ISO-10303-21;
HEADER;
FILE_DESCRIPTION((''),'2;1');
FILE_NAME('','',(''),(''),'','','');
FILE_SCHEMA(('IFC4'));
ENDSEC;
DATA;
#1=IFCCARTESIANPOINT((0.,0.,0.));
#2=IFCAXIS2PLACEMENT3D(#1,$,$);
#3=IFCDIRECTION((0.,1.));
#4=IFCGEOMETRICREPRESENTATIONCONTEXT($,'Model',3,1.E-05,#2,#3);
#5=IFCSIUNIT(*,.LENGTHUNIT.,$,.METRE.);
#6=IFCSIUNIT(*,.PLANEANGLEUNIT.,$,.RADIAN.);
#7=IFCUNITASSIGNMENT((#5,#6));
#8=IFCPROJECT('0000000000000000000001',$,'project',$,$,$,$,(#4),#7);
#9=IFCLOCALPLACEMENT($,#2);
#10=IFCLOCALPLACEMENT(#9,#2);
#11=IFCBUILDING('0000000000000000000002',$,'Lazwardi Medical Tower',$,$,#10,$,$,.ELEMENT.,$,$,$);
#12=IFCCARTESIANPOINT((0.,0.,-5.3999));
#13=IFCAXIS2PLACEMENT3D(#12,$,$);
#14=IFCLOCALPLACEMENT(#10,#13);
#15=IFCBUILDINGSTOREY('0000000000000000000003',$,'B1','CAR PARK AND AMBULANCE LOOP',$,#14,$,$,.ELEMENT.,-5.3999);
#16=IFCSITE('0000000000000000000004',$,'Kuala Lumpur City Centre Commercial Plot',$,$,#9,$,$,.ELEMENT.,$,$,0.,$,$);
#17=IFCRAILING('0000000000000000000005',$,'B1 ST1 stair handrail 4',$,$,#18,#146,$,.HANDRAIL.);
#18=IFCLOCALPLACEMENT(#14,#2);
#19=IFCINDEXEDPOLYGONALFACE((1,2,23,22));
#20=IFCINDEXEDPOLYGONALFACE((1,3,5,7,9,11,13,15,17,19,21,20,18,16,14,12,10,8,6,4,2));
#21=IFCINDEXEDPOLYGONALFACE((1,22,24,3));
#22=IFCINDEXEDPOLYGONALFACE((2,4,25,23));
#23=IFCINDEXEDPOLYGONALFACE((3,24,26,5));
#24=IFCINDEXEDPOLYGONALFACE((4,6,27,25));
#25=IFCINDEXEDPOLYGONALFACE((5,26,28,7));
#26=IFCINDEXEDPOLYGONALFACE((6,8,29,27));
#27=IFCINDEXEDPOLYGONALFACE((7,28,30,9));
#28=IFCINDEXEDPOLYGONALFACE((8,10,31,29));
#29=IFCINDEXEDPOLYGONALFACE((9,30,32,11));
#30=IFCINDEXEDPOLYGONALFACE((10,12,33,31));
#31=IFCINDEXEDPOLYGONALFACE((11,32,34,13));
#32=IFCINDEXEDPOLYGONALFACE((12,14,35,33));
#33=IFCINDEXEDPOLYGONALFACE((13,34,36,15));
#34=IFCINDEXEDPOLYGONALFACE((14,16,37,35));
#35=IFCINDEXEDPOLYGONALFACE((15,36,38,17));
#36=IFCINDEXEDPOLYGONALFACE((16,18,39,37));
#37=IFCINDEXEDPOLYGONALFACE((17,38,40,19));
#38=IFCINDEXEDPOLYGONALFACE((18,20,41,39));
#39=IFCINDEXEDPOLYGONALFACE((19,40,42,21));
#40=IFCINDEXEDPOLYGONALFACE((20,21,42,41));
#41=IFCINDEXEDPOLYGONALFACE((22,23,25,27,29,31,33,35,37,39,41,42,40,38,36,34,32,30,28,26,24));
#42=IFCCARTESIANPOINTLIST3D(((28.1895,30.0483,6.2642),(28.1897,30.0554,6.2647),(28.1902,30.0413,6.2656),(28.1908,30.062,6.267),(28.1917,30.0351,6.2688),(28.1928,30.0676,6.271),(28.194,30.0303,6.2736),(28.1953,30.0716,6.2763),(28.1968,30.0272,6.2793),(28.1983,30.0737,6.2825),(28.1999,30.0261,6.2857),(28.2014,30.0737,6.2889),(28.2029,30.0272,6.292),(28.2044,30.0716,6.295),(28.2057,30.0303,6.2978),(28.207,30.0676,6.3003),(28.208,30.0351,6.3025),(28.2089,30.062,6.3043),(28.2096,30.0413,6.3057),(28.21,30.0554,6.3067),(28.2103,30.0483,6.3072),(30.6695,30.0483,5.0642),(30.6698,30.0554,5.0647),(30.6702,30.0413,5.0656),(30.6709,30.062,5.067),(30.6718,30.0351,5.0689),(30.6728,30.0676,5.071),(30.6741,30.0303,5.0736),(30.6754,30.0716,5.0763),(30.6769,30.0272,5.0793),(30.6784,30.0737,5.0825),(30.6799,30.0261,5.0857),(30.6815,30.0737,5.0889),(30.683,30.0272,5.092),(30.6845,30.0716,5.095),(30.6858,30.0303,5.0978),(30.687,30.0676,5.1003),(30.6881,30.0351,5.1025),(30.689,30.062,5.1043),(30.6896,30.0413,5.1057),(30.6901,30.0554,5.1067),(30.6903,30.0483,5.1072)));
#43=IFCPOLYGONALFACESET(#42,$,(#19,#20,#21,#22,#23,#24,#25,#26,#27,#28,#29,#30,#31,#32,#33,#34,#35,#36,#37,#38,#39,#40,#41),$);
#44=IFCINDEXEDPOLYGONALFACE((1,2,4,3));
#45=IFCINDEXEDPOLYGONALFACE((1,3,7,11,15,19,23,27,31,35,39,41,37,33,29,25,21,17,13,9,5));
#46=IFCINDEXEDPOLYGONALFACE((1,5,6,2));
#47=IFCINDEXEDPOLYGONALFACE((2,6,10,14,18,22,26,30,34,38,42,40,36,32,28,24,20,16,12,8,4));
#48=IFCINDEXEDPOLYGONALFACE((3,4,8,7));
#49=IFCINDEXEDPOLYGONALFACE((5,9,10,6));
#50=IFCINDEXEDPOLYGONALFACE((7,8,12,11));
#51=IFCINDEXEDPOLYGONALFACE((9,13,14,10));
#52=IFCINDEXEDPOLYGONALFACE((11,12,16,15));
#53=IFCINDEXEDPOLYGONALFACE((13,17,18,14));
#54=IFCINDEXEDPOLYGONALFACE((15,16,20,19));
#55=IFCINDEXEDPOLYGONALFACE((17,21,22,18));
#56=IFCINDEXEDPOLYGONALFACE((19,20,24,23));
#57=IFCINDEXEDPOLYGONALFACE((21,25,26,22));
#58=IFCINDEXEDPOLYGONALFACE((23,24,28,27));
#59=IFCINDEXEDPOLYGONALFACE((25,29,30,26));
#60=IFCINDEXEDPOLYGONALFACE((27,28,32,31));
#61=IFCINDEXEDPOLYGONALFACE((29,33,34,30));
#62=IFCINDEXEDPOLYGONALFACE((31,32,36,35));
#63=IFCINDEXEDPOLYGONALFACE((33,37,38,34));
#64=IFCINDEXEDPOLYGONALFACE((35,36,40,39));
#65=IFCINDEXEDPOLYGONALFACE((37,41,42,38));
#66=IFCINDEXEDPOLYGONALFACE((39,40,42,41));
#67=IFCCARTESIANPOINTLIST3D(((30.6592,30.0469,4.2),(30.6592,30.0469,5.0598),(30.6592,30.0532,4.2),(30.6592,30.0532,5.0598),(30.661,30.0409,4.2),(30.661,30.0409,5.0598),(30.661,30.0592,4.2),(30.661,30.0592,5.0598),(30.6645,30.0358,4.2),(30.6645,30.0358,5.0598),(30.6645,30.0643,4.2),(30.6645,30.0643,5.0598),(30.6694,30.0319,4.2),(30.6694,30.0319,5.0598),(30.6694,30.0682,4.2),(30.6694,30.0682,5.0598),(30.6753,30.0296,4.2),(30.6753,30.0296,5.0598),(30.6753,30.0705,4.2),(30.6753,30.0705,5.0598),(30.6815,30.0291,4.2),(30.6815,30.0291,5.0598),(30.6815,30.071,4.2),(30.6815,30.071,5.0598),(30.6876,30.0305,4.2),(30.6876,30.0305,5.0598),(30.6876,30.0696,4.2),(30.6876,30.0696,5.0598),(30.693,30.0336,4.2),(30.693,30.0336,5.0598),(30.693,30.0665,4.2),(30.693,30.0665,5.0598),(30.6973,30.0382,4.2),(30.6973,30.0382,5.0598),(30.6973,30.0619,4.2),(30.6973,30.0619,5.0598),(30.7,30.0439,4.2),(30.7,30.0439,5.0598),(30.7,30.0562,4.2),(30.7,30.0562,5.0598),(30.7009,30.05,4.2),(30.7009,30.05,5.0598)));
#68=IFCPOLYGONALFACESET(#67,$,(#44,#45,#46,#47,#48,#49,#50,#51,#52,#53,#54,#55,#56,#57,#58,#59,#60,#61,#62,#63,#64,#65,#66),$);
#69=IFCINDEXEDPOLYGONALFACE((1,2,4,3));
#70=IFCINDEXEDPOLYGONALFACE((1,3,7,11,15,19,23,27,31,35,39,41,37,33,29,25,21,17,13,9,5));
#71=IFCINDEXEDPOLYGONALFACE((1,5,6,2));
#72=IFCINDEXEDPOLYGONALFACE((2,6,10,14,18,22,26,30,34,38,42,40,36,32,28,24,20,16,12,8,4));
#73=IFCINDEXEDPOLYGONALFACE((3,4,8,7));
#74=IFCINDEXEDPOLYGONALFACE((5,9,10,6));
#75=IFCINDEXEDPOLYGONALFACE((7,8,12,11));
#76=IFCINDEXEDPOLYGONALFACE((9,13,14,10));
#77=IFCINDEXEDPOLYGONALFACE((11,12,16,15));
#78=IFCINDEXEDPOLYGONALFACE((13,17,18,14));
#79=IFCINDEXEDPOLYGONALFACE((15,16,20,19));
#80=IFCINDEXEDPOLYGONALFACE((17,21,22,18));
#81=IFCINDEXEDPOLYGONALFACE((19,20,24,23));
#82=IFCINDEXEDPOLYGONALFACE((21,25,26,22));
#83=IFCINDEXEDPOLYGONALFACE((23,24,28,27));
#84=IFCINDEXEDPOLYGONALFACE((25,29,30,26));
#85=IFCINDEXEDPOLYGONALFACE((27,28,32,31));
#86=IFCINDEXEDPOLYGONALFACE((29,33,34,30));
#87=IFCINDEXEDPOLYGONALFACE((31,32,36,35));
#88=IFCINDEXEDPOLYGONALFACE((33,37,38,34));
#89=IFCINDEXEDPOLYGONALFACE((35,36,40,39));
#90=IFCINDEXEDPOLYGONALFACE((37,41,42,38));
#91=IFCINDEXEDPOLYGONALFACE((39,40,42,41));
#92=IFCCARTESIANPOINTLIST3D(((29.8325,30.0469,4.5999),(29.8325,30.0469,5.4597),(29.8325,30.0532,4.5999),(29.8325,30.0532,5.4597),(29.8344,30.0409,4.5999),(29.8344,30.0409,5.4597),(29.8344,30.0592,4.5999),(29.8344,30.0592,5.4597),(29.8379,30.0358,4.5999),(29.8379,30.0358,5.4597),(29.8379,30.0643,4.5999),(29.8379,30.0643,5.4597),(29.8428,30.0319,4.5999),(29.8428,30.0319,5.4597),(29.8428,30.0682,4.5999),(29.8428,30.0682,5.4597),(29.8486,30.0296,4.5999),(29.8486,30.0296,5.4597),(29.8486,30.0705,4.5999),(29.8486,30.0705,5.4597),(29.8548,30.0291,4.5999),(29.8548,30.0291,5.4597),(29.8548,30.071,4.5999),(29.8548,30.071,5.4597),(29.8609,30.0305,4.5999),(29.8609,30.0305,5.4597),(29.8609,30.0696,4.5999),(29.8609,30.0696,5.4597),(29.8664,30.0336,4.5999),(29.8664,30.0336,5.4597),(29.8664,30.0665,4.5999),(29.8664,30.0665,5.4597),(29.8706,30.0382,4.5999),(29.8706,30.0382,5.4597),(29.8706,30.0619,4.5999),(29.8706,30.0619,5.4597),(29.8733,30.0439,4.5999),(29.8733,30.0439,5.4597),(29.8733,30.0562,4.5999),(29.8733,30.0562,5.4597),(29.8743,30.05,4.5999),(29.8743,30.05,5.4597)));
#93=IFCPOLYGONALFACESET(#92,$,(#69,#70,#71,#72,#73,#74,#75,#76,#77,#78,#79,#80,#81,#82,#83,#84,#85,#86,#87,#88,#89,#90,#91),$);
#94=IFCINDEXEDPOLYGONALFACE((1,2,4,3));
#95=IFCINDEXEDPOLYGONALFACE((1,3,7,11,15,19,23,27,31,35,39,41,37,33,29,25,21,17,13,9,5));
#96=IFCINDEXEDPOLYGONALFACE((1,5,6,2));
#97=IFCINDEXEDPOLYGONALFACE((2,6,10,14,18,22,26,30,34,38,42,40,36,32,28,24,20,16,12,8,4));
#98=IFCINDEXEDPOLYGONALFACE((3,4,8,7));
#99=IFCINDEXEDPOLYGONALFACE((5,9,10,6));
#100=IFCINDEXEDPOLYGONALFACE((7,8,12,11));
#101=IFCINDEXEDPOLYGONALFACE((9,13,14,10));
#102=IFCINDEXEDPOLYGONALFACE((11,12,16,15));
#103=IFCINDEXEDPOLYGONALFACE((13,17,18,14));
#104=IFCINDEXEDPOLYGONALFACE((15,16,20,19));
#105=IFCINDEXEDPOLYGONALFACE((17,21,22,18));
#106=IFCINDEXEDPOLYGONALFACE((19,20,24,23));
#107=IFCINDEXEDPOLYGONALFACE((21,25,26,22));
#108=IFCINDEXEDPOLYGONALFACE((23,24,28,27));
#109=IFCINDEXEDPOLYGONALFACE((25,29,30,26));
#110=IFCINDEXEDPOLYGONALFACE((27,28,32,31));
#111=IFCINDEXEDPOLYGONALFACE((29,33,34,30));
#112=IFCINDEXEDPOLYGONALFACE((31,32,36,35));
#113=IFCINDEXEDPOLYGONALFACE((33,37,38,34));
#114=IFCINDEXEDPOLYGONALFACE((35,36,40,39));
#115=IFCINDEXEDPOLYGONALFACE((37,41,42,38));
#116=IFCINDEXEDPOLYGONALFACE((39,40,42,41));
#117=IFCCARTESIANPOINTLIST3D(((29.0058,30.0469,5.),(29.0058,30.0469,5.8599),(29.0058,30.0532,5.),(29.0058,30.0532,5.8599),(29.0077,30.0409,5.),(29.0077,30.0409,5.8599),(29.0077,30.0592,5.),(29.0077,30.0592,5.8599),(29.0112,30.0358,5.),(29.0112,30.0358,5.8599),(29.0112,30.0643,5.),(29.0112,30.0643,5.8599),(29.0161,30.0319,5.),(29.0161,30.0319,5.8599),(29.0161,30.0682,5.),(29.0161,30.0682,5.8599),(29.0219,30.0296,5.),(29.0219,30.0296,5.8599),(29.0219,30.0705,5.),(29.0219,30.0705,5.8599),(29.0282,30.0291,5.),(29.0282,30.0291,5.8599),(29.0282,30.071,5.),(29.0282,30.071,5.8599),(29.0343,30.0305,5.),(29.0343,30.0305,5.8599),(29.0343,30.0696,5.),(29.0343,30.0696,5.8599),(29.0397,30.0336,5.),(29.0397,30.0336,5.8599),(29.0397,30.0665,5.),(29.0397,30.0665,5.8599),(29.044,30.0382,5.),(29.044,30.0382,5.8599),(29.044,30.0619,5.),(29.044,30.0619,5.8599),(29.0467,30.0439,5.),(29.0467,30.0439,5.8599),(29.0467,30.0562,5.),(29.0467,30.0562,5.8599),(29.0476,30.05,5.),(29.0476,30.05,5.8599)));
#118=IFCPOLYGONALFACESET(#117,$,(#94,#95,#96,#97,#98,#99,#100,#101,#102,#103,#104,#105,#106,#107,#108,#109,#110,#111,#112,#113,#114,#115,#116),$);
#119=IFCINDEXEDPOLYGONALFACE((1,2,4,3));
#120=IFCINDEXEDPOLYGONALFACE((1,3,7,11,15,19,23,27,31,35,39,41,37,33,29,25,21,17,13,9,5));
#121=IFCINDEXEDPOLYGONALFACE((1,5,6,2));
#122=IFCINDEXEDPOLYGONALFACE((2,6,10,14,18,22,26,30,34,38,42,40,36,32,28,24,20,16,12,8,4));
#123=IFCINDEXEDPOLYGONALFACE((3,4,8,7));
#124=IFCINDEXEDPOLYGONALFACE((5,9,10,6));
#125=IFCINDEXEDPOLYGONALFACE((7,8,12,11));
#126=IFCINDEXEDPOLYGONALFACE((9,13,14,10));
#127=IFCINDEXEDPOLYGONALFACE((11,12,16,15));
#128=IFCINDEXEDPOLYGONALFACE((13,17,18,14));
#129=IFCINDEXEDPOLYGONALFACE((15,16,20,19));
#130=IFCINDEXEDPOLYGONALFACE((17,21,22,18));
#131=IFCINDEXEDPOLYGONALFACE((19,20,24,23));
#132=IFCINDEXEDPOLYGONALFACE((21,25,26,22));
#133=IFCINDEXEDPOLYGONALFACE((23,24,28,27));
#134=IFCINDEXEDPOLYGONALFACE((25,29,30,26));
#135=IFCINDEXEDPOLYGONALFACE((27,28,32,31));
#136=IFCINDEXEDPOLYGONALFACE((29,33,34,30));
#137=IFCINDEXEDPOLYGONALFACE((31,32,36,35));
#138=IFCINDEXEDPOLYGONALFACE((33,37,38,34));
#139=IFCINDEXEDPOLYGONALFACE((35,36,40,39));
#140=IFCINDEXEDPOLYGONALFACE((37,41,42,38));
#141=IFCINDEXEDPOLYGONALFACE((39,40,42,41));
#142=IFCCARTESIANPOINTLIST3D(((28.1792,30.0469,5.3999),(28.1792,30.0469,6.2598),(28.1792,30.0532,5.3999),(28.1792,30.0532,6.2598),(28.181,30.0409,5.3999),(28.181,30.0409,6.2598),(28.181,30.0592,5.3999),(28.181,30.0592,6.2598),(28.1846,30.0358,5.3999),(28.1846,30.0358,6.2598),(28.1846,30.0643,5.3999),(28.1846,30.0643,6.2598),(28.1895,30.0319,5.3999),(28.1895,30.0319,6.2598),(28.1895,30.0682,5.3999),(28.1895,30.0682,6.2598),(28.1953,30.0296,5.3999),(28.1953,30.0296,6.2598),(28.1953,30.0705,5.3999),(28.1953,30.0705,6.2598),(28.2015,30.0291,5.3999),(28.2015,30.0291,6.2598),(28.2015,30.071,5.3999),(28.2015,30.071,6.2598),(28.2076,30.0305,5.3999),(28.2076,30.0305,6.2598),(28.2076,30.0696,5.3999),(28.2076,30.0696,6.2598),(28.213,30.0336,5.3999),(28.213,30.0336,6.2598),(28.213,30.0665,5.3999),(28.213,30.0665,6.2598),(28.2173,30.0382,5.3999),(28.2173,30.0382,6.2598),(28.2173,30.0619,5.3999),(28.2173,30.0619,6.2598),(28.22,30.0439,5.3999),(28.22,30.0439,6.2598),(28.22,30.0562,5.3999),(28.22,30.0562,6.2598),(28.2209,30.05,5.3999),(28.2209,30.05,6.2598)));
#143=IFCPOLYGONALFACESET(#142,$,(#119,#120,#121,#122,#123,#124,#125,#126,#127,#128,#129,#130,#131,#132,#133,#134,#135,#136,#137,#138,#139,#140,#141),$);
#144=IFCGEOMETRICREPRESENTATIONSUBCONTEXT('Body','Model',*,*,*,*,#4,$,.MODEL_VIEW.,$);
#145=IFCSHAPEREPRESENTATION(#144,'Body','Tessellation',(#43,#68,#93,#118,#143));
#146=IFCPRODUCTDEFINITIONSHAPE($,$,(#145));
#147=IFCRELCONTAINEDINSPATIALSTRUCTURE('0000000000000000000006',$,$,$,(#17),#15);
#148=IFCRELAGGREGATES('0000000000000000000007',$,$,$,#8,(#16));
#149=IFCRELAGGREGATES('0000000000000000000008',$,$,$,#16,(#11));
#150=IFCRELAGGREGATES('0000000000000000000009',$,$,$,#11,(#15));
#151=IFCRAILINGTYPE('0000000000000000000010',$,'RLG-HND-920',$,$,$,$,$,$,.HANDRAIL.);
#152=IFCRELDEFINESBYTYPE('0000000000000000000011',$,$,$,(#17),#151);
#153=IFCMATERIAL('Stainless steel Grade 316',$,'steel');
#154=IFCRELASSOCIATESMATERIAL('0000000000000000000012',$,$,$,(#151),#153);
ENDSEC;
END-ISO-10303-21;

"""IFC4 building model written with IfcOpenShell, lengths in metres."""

from ifc_helpers import new_model, si_unit, direction, frame, origin, origin_2d, place, context, subcontext, project, spatial, circle, extrude, material, type_object, element, save


model = new_model("IFC4")

# Units and contexts
model_context = context("Model", 3, precision=1e-05, world=origin(), true_north=direction((0.0, 1.0)))
body_context = subcontext(model_context, "Body", "Model", "MODEL_VIEW")
ifc_project = project(units=[si_unit("LENGTHUNIT", "METRE"), si_unit("PLANEANGLEUNIT", "RADIAN")], contexts=[model_context])

# Site, building, storey
site_placement = place(None, origin())
site = spatial("IfcSite", under=ifc_project, at=site_placement, Name="Kuala Lumpur City Centre Commercial Plot", CompositionType="ELEMENT", RefElevation=0.0)
building_placement = place(site_placement, origin())
building = spatial("IfcBuilding", under=site, at=building_placement, Name="Lazwardi Medical Tower", CompositionType="ELEMENT")
storey_placement = place(building_placement, frame((0.0, 0.0, -5.3999)))
storey = spatial("IfcBuildingStorey", under=building, at=storey_placement, Name="B1", Description="CAR PARK AND AMBULANCE LOOP", CompositionType="ELEMENT", Elevation=-5.3999)

# Railing
ifc_material_1 = material(Name="Stainless steel Grade 316", Category="steel")
railing_type_1 = type_object("IfcRailingType", Name="RLG-HND-920", PredefinedType="HANDRAIL", material=ifc_material_1)
railing_1_placement = place(storey_placement, frame((30.6799, 30.05, 4.2)))
element("IfcRailing", 1, at=railing_1_placement, inside=storey, type_object=railing_type_1, Name="B1 ST1 stair handrail 4", PredefinedType="HANDRAIL", context=body_context, shape_type="SweptSolid", body=[
    extrude(circle(Radius=0.0239, at=origin_2d()), frame((0.0, 0.0, 0.8857), z_axis=(-0.900165, 0.0, 0.435549), x_axis=(0.0, -1.0, 0.0)), (0.0, 0.0, 1.0), 2.7551),
    extrude(circle(Radius=0.021, at=origin_2d()), origin(), (0.0, 0.0, 1.0), 0.8599),
    extrude(circle(Radius=0.021, at=origin_2d()), frame((-0.8267, 0.0, 0.3999)), (0.0, 0.0, 1.0), 0.8599),
    extrude(circle(Radius=0.021, at=origin_2d()), frame((-1.6533, 0.0, 0.8)), (0.0, 0.0, 1.0), 0.8599),
    extrude(circle(Radius=0.021, at=origin_2d()), frame((-2.48, 0.0, 1.2)), (0.0, 0.0, 1.0), 0.8599),
])

save(model, "model.ifc")
